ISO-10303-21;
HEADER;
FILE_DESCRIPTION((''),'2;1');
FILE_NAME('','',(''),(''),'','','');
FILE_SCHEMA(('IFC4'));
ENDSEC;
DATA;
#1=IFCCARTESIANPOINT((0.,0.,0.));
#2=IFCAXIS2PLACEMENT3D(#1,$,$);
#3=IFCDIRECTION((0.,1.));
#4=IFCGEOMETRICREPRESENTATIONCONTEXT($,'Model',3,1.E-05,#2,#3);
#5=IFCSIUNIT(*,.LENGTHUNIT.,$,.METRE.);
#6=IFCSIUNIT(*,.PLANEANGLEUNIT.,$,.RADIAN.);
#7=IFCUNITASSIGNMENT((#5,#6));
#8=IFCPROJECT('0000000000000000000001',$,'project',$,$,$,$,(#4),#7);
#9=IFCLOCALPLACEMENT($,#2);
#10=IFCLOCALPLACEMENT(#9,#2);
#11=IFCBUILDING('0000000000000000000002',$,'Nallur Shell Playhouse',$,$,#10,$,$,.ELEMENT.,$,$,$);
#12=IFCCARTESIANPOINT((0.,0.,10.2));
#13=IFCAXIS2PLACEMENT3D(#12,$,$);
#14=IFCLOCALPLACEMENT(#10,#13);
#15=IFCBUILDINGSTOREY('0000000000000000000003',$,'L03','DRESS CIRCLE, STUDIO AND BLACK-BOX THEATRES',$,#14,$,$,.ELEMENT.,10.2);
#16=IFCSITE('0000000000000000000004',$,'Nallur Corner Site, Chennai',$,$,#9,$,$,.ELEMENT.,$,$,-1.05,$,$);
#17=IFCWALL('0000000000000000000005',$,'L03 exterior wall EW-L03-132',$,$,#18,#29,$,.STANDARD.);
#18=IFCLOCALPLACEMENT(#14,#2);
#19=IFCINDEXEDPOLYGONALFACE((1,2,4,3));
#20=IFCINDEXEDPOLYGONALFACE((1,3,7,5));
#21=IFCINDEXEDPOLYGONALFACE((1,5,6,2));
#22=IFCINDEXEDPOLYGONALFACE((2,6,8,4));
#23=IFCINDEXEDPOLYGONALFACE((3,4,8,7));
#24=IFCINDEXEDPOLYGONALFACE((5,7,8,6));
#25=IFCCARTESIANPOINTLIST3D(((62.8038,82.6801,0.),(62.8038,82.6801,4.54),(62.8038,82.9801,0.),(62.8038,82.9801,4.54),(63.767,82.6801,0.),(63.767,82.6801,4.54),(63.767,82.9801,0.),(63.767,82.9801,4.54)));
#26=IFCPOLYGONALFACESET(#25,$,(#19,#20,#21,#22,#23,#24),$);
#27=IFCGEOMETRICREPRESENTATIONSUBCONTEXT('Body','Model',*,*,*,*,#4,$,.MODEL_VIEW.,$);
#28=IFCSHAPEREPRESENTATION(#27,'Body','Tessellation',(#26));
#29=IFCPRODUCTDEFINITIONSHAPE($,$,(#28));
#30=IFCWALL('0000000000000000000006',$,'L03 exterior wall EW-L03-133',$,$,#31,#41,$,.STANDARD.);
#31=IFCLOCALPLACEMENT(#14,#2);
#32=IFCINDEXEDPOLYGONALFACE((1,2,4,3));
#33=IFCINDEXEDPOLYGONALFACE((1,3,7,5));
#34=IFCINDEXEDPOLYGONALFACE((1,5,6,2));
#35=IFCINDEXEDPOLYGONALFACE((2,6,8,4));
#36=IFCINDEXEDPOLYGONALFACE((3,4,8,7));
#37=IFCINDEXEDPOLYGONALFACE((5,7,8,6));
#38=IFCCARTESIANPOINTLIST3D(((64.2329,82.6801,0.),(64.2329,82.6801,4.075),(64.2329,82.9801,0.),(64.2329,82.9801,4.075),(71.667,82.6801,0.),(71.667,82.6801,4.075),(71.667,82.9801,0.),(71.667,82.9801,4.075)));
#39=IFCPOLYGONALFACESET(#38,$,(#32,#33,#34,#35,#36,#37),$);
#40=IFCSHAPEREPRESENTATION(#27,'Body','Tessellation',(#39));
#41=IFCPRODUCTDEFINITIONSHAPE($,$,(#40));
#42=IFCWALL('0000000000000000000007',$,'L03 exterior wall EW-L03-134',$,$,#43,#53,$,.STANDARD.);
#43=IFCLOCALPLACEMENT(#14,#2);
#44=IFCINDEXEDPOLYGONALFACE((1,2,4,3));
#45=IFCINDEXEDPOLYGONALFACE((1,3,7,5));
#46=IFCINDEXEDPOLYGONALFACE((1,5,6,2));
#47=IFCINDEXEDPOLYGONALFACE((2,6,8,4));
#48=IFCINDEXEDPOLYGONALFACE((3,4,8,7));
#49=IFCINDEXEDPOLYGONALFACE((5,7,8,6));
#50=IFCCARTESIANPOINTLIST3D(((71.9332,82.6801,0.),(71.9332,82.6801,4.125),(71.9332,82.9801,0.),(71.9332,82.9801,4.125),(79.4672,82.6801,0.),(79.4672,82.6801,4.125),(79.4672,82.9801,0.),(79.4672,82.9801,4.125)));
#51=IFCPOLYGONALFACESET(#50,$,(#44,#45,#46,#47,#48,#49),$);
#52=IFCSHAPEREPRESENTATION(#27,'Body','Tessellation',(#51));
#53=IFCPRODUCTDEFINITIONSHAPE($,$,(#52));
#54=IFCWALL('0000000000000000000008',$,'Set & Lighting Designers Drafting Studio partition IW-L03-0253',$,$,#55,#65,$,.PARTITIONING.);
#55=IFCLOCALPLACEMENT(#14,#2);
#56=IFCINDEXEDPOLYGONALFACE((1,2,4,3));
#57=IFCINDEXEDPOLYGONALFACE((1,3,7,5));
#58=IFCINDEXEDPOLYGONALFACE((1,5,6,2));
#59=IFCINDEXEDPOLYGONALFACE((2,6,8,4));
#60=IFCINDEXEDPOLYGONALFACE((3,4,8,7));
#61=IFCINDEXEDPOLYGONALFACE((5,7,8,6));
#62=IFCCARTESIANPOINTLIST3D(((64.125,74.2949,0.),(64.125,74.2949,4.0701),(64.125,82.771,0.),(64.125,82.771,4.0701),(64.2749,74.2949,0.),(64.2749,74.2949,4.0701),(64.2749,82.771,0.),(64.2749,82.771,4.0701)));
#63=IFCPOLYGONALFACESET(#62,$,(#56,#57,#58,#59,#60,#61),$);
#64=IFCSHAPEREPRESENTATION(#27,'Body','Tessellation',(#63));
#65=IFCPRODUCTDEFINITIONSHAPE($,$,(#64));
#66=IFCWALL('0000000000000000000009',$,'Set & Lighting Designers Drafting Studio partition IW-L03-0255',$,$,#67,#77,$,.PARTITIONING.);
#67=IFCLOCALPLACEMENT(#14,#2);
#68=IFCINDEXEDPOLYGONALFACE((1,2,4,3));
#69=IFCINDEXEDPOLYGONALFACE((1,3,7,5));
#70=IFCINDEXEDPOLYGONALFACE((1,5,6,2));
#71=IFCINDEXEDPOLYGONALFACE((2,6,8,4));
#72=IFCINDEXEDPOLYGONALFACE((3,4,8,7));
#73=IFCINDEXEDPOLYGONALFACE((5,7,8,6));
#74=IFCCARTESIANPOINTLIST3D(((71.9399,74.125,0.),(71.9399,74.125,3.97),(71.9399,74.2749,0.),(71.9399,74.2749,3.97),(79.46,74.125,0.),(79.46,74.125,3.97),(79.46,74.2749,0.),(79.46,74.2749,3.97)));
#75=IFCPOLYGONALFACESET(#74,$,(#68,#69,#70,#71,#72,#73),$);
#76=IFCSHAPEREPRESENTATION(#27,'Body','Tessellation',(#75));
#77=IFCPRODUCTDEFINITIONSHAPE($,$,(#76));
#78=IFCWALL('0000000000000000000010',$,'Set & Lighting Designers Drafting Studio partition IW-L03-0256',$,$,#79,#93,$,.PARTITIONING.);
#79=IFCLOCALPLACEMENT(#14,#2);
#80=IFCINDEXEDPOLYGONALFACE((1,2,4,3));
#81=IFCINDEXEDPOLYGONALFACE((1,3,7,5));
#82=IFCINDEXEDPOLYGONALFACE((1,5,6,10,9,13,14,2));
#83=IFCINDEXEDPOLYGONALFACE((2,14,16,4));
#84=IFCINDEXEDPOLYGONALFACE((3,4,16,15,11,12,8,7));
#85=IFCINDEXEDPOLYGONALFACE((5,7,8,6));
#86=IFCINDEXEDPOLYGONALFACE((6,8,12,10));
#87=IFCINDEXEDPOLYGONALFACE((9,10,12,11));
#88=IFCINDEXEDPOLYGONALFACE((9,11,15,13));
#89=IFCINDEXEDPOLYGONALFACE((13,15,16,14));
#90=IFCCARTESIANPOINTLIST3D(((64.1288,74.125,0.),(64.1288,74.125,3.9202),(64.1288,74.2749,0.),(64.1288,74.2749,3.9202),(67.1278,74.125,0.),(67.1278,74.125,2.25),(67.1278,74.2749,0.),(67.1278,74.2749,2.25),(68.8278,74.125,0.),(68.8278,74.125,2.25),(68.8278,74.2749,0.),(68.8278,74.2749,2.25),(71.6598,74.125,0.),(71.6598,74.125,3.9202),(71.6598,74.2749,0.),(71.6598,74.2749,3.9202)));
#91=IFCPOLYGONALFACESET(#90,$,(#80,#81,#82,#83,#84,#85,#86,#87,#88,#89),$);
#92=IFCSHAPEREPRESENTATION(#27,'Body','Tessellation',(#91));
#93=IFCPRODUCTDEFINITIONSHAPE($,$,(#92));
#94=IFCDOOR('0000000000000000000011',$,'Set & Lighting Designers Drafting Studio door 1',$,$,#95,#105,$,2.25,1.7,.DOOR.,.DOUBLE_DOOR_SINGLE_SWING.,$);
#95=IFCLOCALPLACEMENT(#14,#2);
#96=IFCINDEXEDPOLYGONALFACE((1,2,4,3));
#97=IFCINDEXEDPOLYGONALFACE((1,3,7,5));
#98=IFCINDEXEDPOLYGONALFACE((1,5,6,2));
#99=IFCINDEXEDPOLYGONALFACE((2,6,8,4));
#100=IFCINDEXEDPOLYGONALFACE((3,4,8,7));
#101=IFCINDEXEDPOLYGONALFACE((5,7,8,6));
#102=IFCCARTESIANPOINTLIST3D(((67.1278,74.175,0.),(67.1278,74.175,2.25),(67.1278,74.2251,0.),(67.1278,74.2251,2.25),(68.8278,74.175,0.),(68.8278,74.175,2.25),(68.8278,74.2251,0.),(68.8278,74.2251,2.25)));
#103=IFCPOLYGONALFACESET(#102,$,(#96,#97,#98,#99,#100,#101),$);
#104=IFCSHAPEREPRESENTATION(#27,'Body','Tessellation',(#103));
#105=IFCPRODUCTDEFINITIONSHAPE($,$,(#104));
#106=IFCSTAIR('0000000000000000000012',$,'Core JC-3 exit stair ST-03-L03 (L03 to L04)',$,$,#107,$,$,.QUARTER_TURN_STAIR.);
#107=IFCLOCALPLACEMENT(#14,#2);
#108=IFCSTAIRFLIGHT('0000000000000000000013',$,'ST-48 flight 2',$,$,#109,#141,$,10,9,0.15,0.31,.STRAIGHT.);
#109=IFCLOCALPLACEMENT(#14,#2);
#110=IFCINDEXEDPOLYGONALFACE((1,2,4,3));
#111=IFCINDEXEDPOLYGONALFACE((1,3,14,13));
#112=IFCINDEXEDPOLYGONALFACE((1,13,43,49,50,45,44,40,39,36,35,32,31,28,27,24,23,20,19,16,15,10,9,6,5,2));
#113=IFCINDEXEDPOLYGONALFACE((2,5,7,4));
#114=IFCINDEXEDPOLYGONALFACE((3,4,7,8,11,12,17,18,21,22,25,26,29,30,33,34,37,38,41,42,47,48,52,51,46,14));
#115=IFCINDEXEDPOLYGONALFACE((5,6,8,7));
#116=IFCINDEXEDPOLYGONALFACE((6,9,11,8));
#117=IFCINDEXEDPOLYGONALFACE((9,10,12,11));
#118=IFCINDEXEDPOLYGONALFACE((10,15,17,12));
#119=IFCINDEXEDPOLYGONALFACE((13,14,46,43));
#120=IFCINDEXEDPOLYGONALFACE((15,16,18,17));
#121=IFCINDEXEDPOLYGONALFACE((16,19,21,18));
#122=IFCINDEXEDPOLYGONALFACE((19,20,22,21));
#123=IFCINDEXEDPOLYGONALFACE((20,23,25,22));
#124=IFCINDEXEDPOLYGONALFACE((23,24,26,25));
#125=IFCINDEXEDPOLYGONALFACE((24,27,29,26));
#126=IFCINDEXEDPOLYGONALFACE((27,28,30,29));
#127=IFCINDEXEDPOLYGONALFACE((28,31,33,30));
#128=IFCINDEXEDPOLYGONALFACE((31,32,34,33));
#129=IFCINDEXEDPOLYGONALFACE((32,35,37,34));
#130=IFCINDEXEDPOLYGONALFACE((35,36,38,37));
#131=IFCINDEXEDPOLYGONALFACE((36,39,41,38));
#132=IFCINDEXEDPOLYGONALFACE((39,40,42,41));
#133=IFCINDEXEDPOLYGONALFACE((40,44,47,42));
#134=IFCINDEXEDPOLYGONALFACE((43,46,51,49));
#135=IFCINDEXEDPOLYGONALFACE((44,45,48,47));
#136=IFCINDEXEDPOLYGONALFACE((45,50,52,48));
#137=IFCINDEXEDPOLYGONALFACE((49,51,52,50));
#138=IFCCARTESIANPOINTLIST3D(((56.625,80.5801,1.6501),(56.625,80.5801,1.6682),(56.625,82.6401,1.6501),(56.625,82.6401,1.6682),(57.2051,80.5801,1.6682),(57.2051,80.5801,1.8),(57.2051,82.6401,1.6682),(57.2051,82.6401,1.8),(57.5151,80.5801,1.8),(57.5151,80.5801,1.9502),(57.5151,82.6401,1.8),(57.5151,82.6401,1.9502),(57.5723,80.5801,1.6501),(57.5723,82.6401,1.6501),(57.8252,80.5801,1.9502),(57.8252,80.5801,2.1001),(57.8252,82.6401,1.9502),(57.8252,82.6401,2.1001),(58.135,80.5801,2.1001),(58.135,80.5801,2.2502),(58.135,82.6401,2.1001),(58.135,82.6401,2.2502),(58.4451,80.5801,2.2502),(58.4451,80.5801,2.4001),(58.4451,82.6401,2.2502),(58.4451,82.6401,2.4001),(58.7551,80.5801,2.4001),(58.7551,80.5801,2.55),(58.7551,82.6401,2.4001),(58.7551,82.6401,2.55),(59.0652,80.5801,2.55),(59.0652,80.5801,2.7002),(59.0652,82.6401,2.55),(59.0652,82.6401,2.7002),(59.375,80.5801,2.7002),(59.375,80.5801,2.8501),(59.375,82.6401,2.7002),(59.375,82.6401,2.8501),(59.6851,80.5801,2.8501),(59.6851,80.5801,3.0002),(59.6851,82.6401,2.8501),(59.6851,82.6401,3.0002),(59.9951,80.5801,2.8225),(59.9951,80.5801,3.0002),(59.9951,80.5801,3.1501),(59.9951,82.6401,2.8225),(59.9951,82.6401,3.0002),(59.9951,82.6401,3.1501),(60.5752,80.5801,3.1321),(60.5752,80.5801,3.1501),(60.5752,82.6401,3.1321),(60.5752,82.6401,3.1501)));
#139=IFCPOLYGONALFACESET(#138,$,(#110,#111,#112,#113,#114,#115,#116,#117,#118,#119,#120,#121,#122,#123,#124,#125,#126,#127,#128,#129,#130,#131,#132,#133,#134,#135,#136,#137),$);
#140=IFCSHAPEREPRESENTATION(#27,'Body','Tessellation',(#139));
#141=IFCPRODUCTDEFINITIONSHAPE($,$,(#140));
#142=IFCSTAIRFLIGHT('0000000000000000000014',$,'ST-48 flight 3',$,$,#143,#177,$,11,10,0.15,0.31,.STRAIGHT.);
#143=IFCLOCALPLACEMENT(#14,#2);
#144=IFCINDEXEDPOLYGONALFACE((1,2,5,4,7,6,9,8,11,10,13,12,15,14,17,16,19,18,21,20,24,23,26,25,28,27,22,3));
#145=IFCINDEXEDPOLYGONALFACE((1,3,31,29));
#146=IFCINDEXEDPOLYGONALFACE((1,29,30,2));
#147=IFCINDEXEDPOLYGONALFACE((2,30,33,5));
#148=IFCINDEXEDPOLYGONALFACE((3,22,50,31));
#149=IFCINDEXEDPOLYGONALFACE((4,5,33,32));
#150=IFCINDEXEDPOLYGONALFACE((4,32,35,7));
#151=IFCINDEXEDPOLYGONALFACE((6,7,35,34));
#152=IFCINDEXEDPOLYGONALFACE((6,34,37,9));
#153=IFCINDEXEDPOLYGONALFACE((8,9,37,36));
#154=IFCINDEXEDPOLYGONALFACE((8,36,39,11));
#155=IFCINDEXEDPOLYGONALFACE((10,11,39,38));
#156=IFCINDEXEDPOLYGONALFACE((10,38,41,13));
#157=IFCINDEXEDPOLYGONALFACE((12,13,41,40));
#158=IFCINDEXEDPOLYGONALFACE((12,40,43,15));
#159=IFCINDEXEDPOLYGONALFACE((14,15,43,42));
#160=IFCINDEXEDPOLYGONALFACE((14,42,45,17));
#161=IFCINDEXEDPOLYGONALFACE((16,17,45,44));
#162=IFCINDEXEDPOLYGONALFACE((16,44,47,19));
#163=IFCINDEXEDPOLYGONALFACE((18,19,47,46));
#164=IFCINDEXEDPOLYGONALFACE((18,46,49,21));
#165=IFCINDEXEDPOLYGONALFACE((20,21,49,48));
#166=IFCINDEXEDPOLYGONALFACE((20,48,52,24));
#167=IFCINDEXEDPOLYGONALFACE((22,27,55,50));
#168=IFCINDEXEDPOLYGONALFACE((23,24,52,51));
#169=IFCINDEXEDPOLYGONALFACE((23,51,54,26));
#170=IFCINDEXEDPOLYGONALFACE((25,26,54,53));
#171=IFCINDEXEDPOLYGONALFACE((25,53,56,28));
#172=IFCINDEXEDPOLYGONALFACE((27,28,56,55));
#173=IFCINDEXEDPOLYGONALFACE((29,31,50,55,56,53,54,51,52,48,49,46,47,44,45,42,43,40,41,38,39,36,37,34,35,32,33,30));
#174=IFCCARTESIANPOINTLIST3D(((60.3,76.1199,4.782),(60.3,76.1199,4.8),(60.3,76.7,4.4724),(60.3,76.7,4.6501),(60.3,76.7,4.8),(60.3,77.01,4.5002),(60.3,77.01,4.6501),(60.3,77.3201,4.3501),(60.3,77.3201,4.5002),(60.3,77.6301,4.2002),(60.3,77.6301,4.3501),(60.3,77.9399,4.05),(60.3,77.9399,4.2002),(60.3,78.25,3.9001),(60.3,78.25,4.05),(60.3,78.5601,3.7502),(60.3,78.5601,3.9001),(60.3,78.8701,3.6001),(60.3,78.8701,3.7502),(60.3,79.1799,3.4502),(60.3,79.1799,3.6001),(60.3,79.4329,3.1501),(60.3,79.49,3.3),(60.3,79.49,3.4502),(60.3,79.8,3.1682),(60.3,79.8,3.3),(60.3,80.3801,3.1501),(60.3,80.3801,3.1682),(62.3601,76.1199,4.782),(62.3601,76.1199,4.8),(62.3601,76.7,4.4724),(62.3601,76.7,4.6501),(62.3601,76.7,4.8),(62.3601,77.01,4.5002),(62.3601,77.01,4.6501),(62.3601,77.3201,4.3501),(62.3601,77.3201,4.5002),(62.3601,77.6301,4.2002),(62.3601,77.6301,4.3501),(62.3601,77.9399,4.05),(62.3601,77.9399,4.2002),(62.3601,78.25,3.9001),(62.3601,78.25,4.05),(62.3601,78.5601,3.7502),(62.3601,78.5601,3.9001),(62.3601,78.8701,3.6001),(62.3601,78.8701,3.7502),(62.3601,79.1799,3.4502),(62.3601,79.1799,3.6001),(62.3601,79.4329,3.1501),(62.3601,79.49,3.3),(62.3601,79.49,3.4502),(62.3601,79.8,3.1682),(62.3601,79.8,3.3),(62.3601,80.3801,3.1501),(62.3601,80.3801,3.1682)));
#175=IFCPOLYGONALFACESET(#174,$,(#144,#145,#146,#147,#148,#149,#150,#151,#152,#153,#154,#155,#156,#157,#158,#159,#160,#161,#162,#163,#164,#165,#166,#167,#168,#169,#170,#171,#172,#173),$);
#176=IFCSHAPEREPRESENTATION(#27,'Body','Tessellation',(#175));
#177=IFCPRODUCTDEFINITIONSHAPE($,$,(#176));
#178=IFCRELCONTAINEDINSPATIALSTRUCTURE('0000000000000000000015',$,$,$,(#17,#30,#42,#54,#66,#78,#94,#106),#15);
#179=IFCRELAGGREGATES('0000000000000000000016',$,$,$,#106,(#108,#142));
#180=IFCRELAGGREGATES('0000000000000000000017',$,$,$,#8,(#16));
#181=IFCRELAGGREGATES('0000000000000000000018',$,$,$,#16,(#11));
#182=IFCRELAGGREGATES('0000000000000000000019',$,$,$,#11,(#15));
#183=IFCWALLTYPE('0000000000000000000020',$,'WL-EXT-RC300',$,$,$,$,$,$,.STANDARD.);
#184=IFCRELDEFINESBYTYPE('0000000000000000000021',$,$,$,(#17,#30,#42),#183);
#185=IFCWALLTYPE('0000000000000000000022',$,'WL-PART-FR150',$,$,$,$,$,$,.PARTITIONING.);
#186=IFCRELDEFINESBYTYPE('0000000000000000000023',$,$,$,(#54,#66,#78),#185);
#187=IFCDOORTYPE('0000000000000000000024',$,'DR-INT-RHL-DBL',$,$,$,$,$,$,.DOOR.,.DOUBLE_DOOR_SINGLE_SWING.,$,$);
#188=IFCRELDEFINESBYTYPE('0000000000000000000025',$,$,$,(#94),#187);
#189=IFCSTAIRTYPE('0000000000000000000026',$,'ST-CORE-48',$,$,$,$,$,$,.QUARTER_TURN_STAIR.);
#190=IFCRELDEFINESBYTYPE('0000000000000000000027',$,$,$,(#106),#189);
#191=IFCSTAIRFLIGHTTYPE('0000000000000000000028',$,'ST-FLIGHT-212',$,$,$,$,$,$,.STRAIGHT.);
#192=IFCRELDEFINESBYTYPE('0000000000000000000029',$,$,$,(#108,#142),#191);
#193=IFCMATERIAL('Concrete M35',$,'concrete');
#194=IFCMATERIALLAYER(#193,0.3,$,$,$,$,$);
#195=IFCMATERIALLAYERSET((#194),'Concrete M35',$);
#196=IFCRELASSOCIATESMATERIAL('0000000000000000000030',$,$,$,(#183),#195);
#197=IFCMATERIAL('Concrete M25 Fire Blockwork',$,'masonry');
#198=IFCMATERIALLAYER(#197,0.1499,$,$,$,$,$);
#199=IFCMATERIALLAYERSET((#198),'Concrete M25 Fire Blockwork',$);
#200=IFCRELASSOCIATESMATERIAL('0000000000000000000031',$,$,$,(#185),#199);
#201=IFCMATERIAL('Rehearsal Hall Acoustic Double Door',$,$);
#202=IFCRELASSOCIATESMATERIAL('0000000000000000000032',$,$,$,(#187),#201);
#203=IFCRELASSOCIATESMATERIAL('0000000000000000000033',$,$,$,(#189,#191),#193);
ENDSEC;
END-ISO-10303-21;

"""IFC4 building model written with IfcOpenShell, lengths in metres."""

from ifc_helpers import new_model, si_unit, direction, frame, frame_2d, origin, place, context, subcontext, project, spatial, polyline, rectangle, outline, extrude, material, layer, layer_set, type_object, element, fill, aggregate, save


model = new_model("IFC4")

# Units and contexts
model_context = context("Model", 3, precision=1e-05, world=origin(), true_north=direction((0.0, 1.0)))
body_context = subcontext(model_context, "Body", "Model", "MODEL_VIEW")
ifc_project = project(units=[si_unit("LENGTHUNIT", "METRE"), si_unit("PLANEANGLEUNIT", "RADIAN")], contexts=[model_context])

# Site, building, storey
site_placement = place(None, origin())
site = spatial("IfcSite", under=ifc_project, at=site_placement, Name="Nallur Corner Site, Chennai", CompositionType="ELEMENT", RefElevation=-1.05)
building_placement = place(site_placement, origin())
building = spatial("IfcBuilding", under=site, at=building_placement, Name="Nallur Shell Playhouse", CompositionType="ELEMENT")
storey_placement = place(building_placement, frame((0.0, 0.0, 10.2)))
storey = spatial("IfcBuildingStorey", under=building, at=storey_placement, Name="L03", Description="DRESS CIRCLE, STUDIO AND BLACK-BOX THEATRES", CompositionType="ELEMENT", Elevation=10.2)

# Shared definitions
ifc_material_1 = material(Name="Concrete M35", Category="concrete")

# Walls
ifc_layer_1 = layer(ifc_material_1, 0.3)
ifc_layer_set_1 = layer_set([ifc_layer_1], Name="Concrete M35")
wall_type_1 = type_object("IfcWallType", Name="WL-EXT-RC300", PredefinedType="STANDARD", material=ifc_layer_set_1)
wall_1_placement = place(storey_placement, frame((62.804, 82.8301, 0.0), z_axis=(0.0, 0.0, 1.0), x_axis=(1.0, 0.0, 0.0)))
element("IfcWall", 1, at=wall_1_placement, inside=storey, type_object=wall_type_1, Name="L03 exterior wall EW-L03-132", PredefinedType="STANDARD", context=body_context, shape_type="SweptSolid", body=[
    extrude(rectangle(XDim=0.9631, YDim=0.3, at=frame_2d((0.4814, 0.0))), origin(), (0.0, 0.0, 1.0), 4.54),
])
wall_2_placement = place(storey_placement, frame((64.2329, 82.8301, 0.0), z_axis=(0.0, 0.0, 1.0), x_axis=(1.0, 0.0, 0.0)))
element("IfcWall", 2, at=wall_2_placement, inside=storey, type_object=wall_type_1, Name="L03 exterior wall EW-L03-133", PredefinedType="STANDARD", context=body_context, shape_type="SweptSolid", body=[
    extrude(rectangle(XDim=7.4341, YDim=0.3, at=frame_2d((3.717, 0.0))), origin(), (0.0, 0.0, 1.0), 4.075),
])
wall_3_placement = place(storey_placement, frame((71.9331, 82.8301, 0.0), z_axis=(0.0, 0.0, 1.0), x_axis=(1.0, 0.0, 0.0)))
element("IfcWall", 3, at=wall_3_placement, inside=storey, type_object=wall_type_1, Name="L03 exterior wall EW-L03-134", PredefinedType="STANDARD", context=body_context, shape_type="SweptSolid", body=[
    extrude(rectangle(XDim=7.5339, YDim=0.3, at=frame_2d((3.7671, 0.0))), origin(), (0.0, 0.0, 1.0), 4.125),
])
ifc_material_2 = material(Name="Concrete M25 Fire Blockwork", Category="masonry")
ifc_layer_2 = layer(ifc_material_2, 0.1499)
ifc_layer_set_2 = layer_set([ifc_layer_2], Name="Concrete M25 Fire Blockwork")
wall_type_2 = type_object("IfcWallType", Name="WL-PART-FR150", PredefinedType="PARTITIONING", material=ifc_layer_set_2)
wall_4_placement = place(storey_placement, frame((64.2, 74.2949, 0.0), z_axis=(0.0, 0.0, 1.0), x_axis=(0.0, 1.0, 0.0)))
element("IfcWall", 4, at=wall_4_placement, inside=storey, type_object=wall_type_2, Name="Set & Lighting Designers Drafting Studio partition IW-L03-0253", PredefinedType="PARTITIONING", context=body_context, shape_type="SweptSolid", body=[
    extrude(rectangle(XDim=8.4761, YDim=0.1499, at=frame_2d((4.238, 0.0))), origin(), (0.0, 0.0, 1.0), 4.0701),
])
wall_5_placement = place(storey_placement, frame((79.46, 74.2, 0.0), z_axis=(0.0, 0.0, 1.0), x_axis=(-1.0, 0.0, 0.0)))
element("IfcWall", 5, at=wall_5_placement, inside=storey, type_object=wall_type_2, Name="Set & Lighting Designers Drafting Studio partition IW-L03-0255", PredefinedType="PARTITIONING", context=body_context, shape_type="SweptSolid", body=[
    extrude(rectangle(XDim=7.52, YDim=0.1499, at=frame_2d((3.76, 0.0))), origin(), (0.0, 0.0, 1.0), 3.97),
])

# Wall, opening, door
wall_6_placement = place(storey_placement, frame((71.6599, 74.2, 0.0), z_axis=(0.0, 0.0, 1.0), x_axis=(-1.0, 0.0, 0.0)))
wall_6 = element("IfcWall", 6, at=wall_6_placement, inside=storey, type_object=wall_type_2, Name="Set & Lighting Designers Drafting Studio partition IW-L03-0256", PredefinedType="PARTITIONING", context=body_context, shape_type="SweptSolid", body=[
    extrude(rectangle(XDim=7.531, YDim=0.1499, at=frame_2d((3.7656, 0.0))), origin(), (0.0, 0.0, 1.0), 3.9202),
])
opening_placement = place(wall_6_placement, frame((2.832, 0.0, 0.0)))
opening = element("IfcOpeningElement", 7, at=opening_placement, cuts=wall_6, PredefinedType="OPENING", context=body_context, shape_type="SweptSolid", body=[
    extrude(rectangle(XDim=1.7, YDim=2.25, at=frame_2d((0.8501, 1.125))), frame((0.0, 0.085, 0.0), z_axis=(0.0, -1.0, 0.0), x_axis=(1.0, 0.0, 0.0)), (0.0, 0.0, 1.0), 0.1699),
])
ifc_material_3 = material(Name="Rehearsal Hall Acoustic Double Door")
door_type = type_object("IfcDoorType", Name="DR-INT-RHL-DBL", OperationType="DOUBLE_DOOR_SINGLE_SWING", PredefinedType="DOOR", material=ifc_material_3)
door_placement = place(opening_placement, origin())
door = element("IfcDoor", 8, at=door_placement, inside=storey, type_object=door_type, Name="Set & Lighting Designers Drafting Studio door 1", OperationType="DOUBLE_DOOR_SINGLE_SWING", OverallHeight=2.25, OverallWidth=1.7, PredefinedType="DOOR", context=body_context, shape_type="SweptSolid", body=[
    extrude(rectangle(XDim=1.7, YDim=2.25, at=frame_2d((0.8501, 1.125))), frame((0.0, 0.0249, 0.0), z_axis=(0.0, -1.0, 0.0), x_axis=(1.0, 0.0, 0.0)), (0.0, 0.0, 1.0), 0.05),
])
fill(opening, door)

# Stair, stair flights
stair_type = type_object("IfcStairType", Name="ST-CORE-48", PredefinedType="QUARTER_TURN_STAIR", material=ifc_material_1)
stair_placement = place(storey_placement, origin())
stair = element("IfcStair", 9, at=stair_placement, inside=storey, type_object=stair_type, Name="Core JC-3 exit stair ST-03-L03 (L03 to L04)", PredefinedType="QUARTER_TURN_STAIR")
stair_flight_type = type_object("IfcStairFlightType", Name="ST-FLIGHT-212", PredefinedType="STRAIGHT", material=ifc_material_1)
stair_flight_1_placement = place(storey_placement, frame((57.2051, 81.6101, 1.6501), z_axis=(0.0, 0.0, 1.0), x_axis=(1.0, 0.0, 0.0)))
stair_flight_1 = element("IfcStairFlight", 10, at=stair_flight_1_placement, type_object=stair_flight_type, Name="ST-48 flight 2", NumberOfRisers=10, NumberOfTreads=9, PredefinedType="STRAIGHT", RiserHeight=0.15, TreadLength=0.31, context=body_context, shape_type="SweptSolid", body=[
    extrude(outline(polyline([(-0.5801, 0.0), (-0.5801, 0.0181), (0.0, 0.0181), (0.0, 0.1499), (0.3101, 0.1499), (0.3101, 0.3), (0.6201, 0.3), (0.6201, 0.45), (0.9299, 0.45), (0.9299, 0.6001), (1.24, 0.6001), (1.24, 0.75), (1.55, 0.75), (1.55, 0.8999), (1.8601, 0.8999), (1.8601, 1.05), (2.1699, 1.05), (2.1699, 1.2), (2.48, 1.2), (2.48, 1.3501), (2.79, 1.3501), (2.79, 1.5), (3.3701, 1.5), (3.3701, 1.4819), (2.79, 1.1724), (0.3672, 0.0), (-0.5801, 0.0)])), frame((0.0, 1.03, 0.0), z_axis=(0.0, -1.0, 0.0), x_axis=(1.0, 0.0, 0.0)), (0.0, 0.0, 1.0), 2.0601),
])
stair_flight_2_placement = place(storey_placement, frame((61.3301, 79.8, 3.1501), z_axis=(0.0, 0.0, 1.0), x_axis=(0.0, -1.0, 0.0)))
stair_flight_2 = element("IfcStairFlight", 11, at=stair_flight_2_placement, type_object=stair_flight_type, Name="ST-48 flight 3", NumberOfRisers=11, NumberOfTreads=10, PredefinedType="STRAIGHT", RiserHeight=0.15, TreadLength=0.31, context=body_context, shape_type="SweptSolid", body=[
    extrude(outline(polyline([(-0.5801, 0.0), (-0.5801, 0.0181), (0.0, 0.0181), (0.0, 0.1499), (0.3101, 0.1499), (0.3101, 0.3), (0.6201, 0.3), (0.6201, 0.45), (0.9299, 0.45), (0.9299, 0.6001), (1.24, 0.6001), (1.24, 0.75), (1.55, 0.75), (1.55, 0.8999), (1.8601, 0.8999), (1.8601, 1.05), (2.1699, 1.05), (2.1699, 1.2), (2.48, 1.2), (2.48, 1.3501), (2.79, 1.3501), (2.79, 1.5), (3.1001, 1.5), (3.1001, 1.6499), (3.6802, 1.6499), (3.6802, 1.6318), (3.1001, 1.3223), (0.3672, 0.0), (-0.5801, 0.0)])), frame((0.0, 1.03, 0.0), z_axis=(0.0, -1.0, 0.0), x_axis=(1.0, 0.0, 0.0)), (0.0, 0.0, 1.0), 2.0601),
])
aggregate(stair, [stair_flight_1, stair_flight_2])

save(model, "model.ifc")
